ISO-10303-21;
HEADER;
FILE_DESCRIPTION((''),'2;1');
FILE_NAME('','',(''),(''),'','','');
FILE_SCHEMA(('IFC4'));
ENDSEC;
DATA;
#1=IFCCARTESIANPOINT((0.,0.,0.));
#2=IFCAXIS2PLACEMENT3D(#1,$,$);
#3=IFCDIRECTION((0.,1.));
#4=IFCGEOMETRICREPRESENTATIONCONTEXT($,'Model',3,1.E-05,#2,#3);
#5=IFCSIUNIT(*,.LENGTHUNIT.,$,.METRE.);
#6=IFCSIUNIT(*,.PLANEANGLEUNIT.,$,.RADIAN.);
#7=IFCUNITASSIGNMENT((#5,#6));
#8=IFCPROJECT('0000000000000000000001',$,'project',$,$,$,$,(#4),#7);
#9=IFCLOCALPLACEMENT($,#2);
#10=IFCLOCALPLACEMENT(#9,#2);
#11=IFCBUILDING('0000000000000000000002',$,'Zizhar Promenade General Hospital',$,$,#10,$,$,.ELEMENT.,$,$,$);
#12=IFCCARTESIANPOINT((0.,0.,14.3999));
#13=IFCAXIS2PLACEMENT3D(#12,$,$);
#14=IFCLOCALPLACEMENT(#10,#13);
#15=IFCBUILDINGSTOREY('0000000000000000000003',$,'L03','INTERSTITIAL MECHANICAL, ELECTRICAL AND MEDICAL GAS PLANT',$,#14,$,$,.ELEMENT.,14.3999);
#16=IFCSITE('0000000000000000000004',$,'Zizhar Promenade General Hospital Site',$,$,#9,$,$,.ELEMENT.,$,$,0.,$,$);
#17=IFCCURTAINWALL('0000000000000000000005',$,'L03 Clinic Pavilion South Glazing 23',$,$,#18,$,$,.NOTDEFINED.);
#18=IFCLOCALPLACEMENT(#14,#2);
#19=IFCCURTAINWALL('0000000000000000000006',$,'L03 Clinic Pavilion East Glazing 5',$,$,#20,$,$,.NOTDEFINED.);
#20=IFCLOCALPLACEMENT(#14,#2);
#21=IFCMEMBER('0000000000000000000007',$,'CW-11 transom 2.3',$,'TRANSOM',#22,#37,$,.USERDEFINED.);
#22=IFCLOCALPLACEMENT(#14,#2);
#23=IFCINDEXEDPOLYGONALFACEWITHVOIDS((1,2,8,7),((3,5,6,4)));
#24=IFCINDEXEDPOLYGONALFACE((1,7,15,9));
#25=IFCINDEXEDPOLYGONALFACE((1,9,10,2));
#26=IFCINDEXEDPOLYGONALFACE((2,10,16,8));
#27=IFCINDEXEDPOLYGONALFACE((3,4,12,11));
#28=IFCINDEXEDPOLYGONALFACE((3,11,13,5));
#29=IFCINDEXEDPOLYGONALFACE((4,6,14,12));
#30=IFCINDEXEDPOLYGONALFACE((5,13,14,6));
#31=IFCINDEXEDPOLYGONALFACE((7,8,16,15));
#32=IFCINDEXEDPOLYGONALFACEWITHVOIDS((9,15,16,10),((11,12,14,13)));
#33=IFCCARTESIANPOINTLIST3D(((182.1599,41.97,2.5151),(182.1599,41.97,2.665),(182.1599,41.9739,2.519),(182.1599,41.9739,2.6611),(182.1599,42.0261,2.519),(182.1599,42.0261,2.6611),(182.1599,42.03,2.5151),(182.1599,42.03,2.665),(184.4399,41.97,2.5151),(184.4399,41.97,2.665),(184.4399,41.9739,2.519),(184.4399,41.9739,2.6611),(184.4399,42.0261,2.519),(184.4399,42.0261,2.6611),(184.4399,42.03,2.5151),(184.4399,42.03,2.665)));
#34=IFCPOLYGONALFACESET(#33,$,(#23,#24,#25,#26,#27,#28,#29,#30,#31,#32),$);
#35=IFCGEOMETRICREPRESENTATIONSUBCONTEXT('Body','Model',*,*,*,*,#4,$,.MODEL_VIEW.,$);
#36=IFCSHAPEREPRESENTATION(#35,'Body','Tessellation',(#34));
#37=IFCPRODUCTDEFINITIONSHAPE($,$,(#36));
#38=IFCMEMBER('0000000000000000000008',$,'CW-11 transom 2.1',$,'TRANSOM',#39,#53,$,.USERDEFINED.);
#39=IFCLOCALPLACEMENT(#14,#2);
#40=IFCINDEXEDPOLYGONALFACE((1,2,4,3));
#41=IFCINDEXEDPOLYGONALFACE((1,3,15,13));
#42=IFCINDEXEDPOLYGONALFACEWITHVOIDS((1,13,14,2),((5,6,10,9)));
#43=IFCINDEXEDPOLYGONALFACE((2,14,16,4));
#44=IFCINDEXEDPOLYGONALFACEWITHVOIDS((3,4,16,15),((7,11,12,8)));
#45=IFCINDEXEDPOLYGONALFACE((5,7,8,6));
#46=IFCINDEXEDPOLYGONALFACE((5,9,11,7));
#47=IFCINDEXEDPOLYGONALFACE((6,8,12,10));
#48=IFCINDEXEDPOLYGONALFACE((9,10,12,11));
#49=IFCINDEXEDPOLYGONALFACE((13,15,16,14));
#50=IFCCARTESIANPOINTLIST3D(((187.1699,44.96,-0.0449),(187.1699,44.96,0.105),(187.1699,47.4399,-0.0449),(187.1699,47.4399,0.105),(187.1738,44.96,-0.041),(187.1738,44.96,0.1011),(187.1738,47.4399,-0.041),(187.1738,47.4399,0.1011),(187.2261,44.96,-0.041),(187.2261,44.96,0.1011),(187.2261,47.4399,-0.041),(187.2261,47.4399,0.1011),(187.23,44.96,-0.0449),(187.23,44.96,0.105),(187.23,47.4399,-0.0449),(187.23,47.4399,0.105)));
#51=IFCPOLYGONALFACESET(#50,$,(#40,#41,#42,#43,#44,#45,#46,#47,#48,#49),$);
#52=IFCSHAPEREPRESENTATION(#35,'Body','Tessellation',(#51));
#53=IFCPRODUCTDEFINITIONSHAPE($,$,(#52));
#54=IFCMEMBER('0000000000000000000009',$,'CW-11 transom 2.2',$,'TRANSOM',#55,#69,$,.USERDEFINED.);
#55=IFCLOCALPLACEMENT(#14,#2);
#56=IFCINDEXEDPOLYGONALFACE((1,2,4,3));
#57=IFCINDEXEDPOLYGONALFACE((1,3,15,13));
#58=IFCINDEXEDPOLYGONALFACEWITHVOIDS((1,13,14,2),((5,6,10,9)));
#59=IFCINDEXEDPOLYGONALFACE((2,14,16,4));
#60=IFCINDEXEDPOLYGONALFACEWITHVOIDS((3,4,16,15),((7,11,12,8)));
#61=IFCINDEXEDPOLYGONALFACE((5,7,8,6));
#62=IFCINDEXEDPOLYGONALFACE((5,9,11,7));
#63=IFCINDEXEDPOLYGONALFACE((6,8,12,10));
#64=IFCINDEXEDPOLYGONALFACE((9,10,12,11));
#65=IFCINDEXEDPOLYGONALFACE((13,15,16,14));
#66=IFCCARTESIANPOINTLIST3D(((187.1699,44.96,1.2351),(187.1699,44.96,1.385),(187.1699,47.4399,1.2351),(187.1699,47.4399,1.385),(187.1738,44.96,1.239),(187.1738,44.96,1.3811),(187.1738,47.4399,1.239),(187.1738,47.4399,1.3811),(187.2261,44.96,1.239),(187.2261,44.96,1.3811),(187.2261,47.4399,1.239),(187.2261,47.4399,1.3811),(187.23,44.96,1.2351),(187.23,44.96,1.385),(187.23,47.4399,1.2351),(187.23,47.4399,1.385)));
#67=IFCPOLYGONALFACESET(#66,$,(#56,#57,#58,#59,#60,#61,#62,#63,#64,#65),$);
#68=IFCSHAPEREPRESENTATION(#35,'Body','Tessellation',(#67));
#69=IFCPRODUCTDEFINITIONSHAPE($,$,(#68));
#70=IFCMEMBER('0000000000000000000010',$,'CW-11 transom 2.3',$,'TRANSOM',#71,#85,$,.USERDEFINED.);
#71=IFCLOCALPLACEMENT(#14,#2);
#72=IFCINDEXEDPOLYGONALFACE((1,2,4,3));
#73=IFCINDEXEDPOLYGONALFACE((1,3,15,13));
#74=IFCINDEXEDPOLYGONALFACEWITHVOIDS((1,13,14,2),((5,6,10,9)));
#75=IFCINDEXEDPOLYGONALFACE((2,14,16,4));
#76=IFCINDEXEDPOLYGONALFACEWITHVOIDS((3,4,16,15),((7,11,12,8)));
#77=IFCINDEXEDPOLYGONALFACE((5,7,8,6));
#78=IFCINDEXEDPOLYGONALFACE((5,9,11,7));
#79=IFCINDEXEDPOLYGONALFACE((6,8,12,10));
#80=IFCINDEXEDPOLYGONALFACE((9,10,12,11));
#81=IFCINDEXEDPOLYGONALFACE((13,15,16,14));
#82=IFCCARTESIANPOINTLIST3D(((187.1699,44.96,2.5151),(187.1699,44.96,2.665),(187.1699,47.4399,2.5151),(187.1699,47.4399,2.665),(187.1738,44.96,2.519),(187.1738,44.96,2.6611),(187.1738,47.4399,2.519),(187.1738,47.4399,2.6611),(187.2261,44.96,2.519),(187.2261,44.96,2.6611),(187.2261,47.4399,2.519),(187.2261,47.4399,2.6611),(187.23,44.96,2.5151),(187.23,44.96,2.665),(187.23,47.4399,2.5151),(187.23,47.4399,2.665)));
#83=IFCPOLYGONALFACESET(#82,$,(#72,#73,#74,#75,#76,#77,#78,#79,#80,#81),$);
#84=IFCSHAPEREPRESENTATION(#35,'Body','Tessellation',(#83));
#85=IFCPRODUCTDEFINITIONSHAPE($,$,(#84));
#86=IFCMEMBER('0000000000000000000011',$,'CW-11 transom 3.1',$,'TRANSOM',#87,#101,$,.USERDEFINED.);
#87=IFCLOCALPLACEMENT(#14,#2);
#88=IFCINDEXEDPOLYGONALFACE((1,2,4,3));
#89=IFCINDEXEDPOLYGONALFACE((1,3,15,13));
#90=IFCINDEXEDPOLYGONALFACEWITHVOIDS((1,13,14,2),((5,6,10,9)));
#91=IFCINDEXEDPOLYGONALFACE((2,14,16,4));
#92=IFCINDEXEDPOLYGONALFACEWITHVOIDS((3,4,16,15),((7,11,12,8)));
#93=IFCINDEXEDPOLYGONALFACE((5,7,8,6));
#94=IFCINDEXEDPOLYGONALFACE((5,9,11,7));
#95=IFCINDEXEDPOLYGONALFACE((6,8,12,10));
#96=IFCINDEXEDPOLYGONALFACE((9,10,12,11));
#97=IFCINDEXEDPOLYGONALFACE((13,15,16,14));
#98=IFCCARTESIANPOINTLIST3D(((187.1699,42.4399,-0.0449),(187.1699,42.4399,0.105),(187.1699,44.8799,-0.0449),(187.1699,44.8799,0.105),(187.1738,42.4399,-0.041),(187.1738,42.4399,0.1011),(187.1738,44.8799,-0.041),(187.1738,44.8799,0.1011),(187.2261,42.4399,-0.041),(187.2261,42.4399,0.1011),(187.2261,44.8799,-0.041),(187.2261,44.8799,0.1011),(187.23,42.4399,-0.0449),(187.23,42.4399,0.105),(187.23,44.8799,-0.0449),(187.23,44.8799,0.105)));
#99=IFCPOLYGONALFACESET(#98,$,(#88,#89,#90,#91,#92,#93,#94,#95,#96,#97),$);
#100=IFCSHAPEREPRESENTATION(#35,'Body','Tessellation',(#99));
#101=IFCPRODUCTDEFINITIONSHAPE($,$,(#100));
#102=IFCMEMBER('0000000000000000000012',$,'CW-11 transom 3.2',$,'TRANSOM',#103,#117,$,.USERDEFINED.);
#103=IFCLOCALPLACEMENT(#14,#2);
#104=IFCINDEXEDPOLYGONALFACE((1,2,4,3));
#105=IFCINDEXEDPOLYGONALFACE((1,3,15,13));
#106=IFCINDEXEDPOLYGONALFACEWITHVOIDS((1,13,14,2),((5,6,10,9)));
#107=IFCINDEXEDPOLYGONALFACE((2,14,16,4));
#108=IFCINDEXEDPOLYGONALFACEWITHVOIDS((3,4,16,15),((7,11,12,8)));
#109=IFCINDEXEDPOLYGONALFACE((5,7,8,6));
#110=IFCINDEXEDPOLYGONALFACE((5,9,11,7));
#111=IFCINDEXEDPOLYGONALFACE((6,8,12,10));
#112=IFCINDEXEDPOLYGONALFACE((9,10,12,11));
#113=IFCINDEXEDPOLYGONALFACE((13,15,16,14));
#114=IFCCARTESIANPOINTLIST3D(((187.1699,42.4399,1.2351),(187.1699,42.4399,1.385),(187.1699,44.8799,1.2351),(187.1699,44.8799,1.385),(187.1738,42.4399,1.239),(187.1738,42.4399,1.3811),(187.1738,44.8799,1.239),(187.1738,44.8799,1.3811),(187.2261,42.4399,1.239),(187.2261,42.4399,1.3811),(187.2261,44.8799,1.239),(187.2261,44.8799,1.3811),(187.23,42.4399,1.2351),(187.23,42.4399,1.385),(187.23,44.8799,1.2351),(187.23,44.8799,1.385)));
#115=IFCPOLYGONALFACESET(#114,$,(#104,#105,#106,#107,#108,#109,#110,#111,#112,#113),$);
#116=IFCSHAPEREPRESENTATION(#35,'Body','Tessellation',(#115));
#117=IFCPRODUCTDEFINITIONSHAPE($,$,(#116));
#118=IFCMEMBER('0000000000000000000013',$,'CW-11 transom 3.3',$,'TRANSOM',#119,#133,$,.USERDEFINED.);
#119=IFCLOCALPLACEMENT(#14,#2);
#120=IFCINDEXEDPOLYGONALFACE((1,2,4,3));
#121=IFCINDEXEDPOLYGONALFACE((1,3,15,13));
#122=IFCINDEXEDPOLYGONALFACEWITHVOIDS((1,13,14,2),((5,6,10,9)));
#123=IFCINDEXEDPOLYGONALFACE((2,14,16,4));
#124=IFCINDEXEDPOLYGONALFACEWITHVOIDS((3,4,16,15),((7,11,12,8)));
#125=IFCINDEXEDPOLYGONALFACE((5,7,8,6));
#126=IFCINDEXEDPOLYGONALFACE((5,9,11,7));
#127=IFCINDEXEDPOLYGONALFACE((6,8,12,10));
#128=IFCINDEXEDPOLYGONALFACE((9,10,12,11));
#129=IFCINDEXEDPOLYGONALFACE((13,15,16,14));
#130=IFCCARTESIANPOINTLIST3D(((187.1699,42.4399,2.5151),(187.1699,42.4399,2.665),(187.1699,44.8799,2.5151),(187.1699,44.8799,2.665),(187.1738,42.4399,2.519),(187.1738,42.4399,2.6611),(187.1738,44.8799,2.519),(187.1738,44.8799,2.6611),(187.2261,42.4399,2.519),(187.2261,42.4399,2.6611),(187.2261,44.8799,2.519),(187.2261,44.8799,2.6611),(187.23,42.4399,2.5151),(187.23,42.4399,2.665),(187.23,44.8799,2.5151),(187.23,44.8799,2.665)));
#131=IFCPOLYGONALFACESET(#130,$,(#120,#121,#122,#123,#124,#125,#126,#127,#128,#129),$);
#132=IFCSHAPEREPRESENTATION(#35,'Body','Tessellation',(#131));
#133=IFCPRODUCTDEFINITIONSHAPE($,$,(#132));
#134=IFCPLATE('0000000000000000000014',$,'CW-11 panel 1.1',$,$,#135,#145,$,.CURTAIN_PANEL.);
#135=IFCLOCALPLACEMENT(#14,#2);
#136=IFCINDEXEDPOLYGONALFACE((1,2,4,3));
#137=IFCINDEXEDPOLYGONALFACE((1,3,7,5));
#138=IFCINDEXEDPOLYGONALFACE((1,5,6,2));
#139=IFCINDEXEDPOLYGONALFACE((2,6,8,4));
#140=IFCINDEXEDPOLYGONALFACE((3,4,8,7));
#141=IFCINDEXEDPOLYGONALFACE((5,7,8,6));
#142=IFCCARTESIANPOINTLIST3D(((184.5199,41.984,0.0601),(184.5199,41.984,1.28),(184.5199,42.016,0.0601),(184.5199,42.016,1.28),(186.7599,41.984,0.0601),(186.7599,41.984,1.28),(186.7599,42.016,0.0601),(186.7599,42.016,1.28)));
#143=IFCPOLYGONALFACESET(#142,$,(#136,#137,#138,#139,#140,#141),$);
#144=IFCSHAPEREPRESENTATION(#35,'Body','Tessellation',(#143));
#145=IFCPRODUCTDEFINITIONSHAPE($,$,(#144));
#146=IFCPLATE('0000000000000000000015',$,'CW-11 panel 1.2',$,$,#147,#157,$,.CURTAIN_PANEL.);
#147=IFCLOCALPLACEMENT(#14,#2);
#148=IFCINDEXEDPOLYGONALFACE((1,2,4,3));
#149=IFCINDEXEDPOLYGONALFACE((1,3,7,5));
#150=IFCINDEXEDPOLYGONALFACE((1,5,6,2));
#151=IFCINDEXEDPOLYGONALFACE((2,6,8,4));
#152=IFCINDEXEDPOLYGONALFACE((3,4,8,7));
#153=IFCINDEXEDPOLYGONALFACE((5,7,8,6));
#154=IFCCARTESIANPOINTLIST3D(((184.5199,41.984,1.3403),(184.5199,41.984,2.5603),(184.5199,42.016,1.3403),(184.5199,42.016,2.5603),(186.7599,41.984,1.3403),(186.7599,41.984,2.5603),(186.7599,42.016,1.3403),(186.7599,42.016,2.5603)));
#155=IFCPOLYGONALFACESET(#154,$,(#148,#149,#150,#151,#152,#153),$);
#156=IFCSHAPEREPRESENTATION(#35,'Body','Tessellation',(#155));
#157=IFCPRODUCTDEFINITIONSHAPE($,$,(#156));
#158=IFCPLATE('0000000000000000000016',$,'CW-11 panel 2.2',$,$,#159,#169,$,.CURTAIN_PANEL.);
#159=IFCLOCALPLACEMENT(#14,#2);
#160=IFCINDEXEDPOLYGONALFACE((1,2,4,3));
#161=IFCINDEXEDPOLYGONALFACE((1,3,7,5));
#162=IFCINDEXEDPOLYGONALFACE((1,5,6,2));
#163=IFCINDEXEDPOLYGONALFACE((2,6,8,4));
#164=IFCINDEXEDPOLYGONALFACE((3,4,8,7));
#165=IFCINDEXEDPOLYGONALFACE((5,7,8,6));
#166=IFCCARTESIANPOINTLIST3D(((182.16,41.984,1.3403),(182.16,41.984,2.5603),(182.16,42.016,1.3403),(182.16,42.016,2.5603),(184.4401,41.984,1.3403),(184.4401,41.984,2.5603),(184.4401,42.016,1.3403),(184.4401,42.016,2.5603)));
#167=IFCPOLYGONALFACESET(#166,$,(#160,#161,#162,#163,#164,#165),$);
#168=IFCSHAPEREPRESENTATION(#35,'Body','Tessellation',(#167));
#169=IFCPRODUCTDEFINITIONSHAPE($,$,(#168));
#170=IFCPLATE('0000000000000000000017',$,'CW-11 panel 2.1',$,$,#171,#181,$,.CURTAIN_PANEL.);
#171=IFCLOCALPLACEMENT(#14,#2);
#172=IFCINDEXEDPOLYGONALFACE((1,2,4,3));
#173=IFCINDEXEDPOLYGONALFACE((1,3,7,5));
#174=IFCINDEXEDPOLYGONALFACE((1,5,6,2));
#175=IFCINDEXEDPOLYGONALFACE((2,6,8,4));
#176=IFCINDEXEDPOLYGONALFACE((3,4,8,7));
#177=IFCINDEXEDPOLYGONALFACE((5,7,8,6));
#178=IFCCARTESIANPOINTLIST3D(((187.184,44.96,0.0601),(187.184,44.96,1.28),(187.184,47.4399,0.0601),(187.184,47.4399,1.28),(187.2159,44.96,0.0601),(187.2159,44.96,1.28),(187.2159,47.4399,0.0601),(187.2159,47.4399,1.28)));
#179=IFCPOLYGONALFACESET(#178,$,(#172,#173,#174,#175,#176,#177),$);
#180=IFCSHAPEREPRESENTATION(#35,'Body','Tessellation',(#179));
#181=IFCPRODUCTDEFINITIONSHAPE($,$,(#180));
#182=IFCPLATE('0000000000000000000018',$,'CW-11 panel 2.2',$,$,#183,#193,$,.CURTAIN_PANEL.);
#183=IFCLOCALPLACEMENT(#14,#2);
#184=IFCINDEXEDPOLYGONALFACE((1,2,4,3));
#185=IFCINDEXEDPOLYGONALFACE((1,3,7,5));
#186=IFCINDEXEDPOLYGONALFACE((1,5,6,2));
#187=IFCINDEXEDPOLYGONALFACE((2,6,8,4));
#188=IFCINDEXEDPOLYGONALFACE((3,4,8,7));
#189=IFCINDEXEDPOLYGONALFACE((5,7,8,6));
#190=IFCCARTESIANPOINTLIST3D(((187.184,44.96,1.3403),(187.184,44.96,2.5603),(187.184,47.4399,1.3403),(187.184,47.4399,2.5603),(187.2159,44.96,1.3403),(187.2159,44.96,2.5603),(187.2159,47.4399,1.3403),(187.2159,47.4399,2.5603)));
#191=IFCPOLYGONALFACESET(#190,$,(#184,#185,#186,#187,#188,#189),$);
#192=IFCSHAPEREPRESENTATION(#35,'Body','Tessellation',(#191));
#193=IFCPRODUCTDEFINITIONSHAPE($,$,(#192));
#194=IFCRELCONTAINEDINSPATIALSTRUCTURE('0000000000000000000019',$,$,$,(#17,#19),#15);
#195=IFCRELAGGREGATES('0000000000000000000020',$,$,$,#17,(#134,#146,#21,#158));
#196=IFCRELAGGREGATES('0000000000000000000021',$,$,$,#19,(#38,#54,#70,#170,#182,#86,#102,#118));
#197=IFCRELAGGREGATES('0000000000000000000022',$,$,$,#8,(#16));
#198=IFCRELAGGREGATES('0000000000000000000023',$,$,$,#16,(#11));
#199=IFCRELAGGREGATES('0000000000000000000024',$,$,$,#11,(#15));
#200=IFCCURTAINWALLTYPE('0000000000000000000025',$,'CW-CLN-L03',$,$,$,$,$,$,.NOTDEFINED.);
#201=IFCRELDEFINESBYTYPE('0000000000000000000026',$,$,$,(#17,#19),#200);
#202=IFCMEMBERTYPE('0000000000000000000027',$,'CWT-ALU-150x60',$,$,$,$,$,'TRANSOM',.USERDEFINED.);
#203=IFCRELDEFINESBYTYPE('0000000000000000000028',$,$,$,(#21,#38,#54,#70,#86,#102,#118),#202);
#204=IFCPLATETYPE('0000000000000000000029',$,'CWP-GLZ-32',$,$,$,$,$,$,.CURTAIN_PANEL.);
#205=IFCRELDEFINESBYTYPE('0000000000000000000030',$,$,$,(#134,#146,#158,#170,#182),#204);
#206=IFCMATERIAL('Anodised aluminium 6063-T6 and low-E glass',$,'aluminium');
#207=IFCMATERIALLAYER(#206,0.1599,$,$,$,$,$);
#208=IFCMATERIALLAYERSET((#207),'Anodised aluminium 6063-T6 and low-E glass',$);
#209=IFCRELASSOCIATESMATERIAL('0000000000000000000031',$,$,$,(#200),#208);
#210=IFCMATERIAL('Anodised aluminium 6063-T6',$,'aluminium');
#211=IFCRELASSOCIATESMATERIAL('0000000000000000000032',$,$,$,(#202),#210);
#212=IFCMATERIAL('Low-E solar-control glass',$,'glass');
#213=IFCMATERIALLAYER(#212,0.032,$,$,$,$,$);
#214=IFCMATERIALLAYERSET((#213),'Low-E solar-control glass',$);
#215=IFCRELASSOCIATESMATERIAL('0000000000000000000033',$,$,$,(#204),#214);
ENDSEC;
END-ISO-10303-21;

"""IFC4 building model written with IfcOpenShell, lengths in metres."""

from ifc_helpers import new_model, si_unit, direction, frame, origin, origin_2d, place, context, subcontext, project, spatial, rectangle, hollow_rectangle, extrude, material, layer, layer_set, material_profile, profile_set, type_object, element, aggregate, save


model = new_model("IFC4")

# Units and contexts
model_context = context("Model", 3, precision=1e-05, world=origin(), true_north=direction((0.0, 1.0)))
body_context = subcontext(model_context, "Body", "Model", "MODEL_VIEW")
ifc_project = project(units=[si_unit("LENGTHUNIT", "METRE"), si_unit("PLANEANGLEUNIT", "RADIAN")], contexts=[model_context])

# Site, building, storey
site_placement = place(None, origin())
site = spatial("IfcSite", under=ifc_project, at=site_placement, Name="Zizhar Promenade General Hospital Site", CompositionType="ELEMENT", RefElevation=0.0)
building_placement = place(site_placement, origin())
building = spatial("IfcBuilding", under=site, at=building_placement, Name="Zizhar Promenade General Hospital", CompositionType="ELEMENT")
storey_placement = place(building_placement, frame((0.0, 0.0, 14.3999)))
storey = spatial("IfcBuildingStorey", under=building, at=storey_placement, Name="L03", Description="INTERSTITIAL MECHANICAL, ELECTRICAL AND MEDICAL GAS PLANT", CompositionType="ELEMENT", Elevation=14.3999)

# Curtain walls
ifc_material_1 = material(Name="Anodised aluminium 6063-T6 and low-E glass", Category="aluminium")
ifc_layer_1 = layer(ifc_material_1, 0.1599)
ifc_layer_set_1 = layer_set([ifc_layer_1], Name="Anodised aluminium 6063-T6 and low-E glass")
curtain_wall_type = type_object("IfcCurtainWallType", Name="CW-CLN-L03", PredefinedType="NOTDEFINED", material=ifc_layer_set_1)
curtain_wall_1_placement = place(storey_placement, origin())
curtain_wall_1 = element("IfcCurtainWall", 1, at=curtain_wall_1_placement, inside=storey, type_object=curtain_wall_type, Name="L03 Clinic Pavilion South Glazing 23", PredefinedType="NOTDEFINED")
curtain_wall_2_placement = place(storey_placement, origin())
curtain_wall_2 = element("IfcCurtainWall", 2, at=curtain_wall_2_placement, inside=storey, type_object=curtain_wall_type, Name="L03 Clinic Pavilion East Glazing 5", PredefinedType="NOTDEFINED")

# Members
ifc_material_2 = material(Name="Anodised aluminium 6063-T6", Category="aluminium")
ifc_material_profile_1 = material_profile(ifc_material_2, hollow_rectangle(XDim=0.0601, YDim=0.1499, WallThickness=0.0039, at=origin_2d()))
ifc_profile_set_1 = profile_set([ifc_material_profile_1], Name="Anodised aluminium 6063-T6")
member_type_1 = type_object("IfcMemberType", Name="CWT-ALU-150x60", ElementType="TRANSOM", PredefinedType="USERDEFINED", material=ifc_profile_set_1)
member_1_placement = place(storey_placement, frame((184.4399, 42.0, 2.5901), z_axis=(-1.0, 0.0, 0.0), x_axis=(0.0, -1.0, 0.0)))
member_1 = element("IfcMember", 3, at=member_1_placement, type_object=member_type_1, Name="CW-11 transom 2.3", ObjectType="TRANSOM", PredefinedType="USERDEFINED", context=body_context, shape_type="SweptSolid", body=[
    extrude(hollow_rectangle(XDim=0.0601, YDim=0.1499, WallThickness=0.0039, at=origin_2d()), origin(), (0.0, 0.0, 1.0), 2.28),
])
member_2_placement = place(storey_placement, frame((187.2, 47.4399, 0.03), z_axis=(0.0, -1.0, 0.0), x_axis=(1.0, 0.0, 0.0)))
member_2 = element("IfcMember", 4, at=member_2_placement, type_object=member_type_1, Name="CW-11 transom 2.1", ObjectType="TRANSOM", PredefinedType="USERDEFINED", context=body_context, shape_type="SweptSolid", body=[
    extrude(hollow_rectangle(XDim=0.0601, YDim=0.1499, WallThickness=0.0039, at=origin_2d()), origin(), (0.0, 0.0, 1.0), 2.48),
])
member_3_placement = place(storey_placement, frame((187.2, 47.4399, 1.3101), z_axis=(0.0, -1.0, 0.0), x_axis=(1.0, 0.0, 0.0)))
member_3 = element("IfcMember", 5, at=member_3_placement, type_object=member_type_1, Name="CW-11 transom 2.2", ObjectType="TRANSOM", PredefinedType="USERDEFINED", context=body_context, shape_type="SweptSolid", body=[
    extrude(hollow_rectangle(XDim=0.0601, YDim=0.1499, WallThickness=0.0039, at=origin_2d()), origin(), (0.0, 0.0, 1.0), 2.48),
])
member_4_placement = place(storey_placement, frame((187.2, 47.4399, 2.5901), z_axis=(0.0, -1.0, 0.0), x_axis=(1.0, 0.0, 0.0)))
member_4 = element("IfcMember", 6, at=member_4_placement, type_object=member_type_1, Name="CW-11 transom 2.3", ObjectType="TRANSOM", PredefinedType="USERDEFINED", context=body_context, shape_type="SweptSolid", body=[
    extrude(hollow_rectangle(XDim=0.0601, YDim=0.1499, WallThickness=0.0039, at=origin_2d()), origin(), (0.0, 0.0, 1.0), 2.48),
])
member_5_placement = place(storey_placement, frame((187.2, 44.8799, 0.03), z_axis=(0.0, -1.0, 0.0), x_axis=(1.0, 0.0, 0.0)))
member_5 = element("IfcMember", 7, at=member_5_placement, type_object=member_type_1, Name="CW-11 transom 3.1", ObjectType="TRANSOM", PredefinedType="USERDEFINED", context=body_context, shape_type="SweptSolid", body=[
    extrude(hollow_rectangle(XDim=0.0601, YDim=0.1499, WallThickness=0.0039, at=origin_2d()), origin(), (0.0, 0.0, 1.0), 2.4399),
])
member_6_placement = place(storey_placement, frame((187.2, 44.8799, 1.3101), z_axis=(0.0, -1.0, 0.0), x_axis=(1.0, 0.0, 0.0)))
member_6 = element("IfcMember", 8, at=member_6_placement, type_object=member_type_1, Name="CW-11 transom 3.2", ObjectType="TRANSOM", PredefinedType="USERDEFINED", context=body_context, shape_type="SweptSolid", body=[
    extrude(hollow_rectangle(XDim=0.0601, YDim=0.1499, WallThickness=0.0039, at=origin_2d()), origin(), (0.0, 0.0, 1.0), 2.4399),
])
member_7_placement = place(storey_placement, frame((187.2, 44.8799, 2.5901), z_axis=(0.0, -1.0, 0.0), x_axis=(1.0, 0.0, 0.0)))
member_7 = element("IfcMember", 9, at=member_7_placement, type_object=member_type_1, Name="CW-11 transom 3.3", ObjectType="TRANSOM", PredefinedType="USERDEFINED", context=body_context, shape_type="SweptSolid", body=[
    extrude(hollow_rectangle(XDim=0.0601, YDim=0.1499, WallThickness=0.0039, at=origin_2d()), origin(), (0.0, 0.0, 1.0), 2.4399),
])

# Plates
ifc_material_3 = material(Name="Low-E solar-control glass", Category="glass")
ifc_layer_2 = layer(ifc_material_3, 0.032)
ifc_layer_set_2 = layer_set([ifc_layer_2], Name="Low-E solar-control glass")
plate_type = type_object("IfcPlateType", Name="CWP-GLZ-32", PredefinedType="CURTAIN_PANEL", material=ifc_layer_set_2)
plate_1_placement = place(storey_placement, frame((185.6399, 42.0, 0.0601), z_axis=(0.0, 0.0, 1.0), x_axis=(-1.0, 0.0, 0.0)))
plate_1 = element("IfcPlate", 10, at=plate_1_placement, type_object=plate_type, Name="CW-11 panel 1.1", PredefinedType="CURTAIN_PANEL", context=body_context, shape_type="SweptSolid", body=[
    extrude(rectangle(XDim=2.24, YDim=0.032, at=origin_2d()), origin(), (0.0, 0.0, 1.0), 1.22),
])
plate_2_placement = place(storey_placement, frame((185.6399, 42.0, 1.3403), z_axis=(0.0, 0.0, 1.0), x_axis=(-1.0, 0.0, 0.0)))
plate_2 = element("IfcPlate", 11, at=plate_2_placement, type_object=plate_type, Name="CW-11 panel 1.2", PredefinedType="CURTAIN_PANEL", context=body_context, shape_type="SweptSolid", body=[
    extrude(rectangle(XDim=2.24, YDim=0.032, at=origin_2d()), origin(), (0.0, 0.0, 1.0), 1.22),
])
plate_3_placement = place(storey_placement, frame((183.3, 42.0, 1.3403), z_axis=(0.0, 0.0, 1.0), x_axis=(-1.0, 0.0, 0.0)))
plate_3 = element("IfcPlate", 12, at=plate_3_placement, type_object=plate_type, Name="CW-11 panel 2.2", PredefinedType="CURTAIN_PANEL", context=body_context, shape_type="SweptSolid", body=[
    extrude(rectangle(XDim=2.28, YDim=0.032, at=origin_2d()), origin(), (0.0, 0.0, 1.0), 1.22),
])
aggregate(curtain_wall_1, [plate_1, plate_2, member_1, plate_3])
plate_4_placement = place(storey_placement, frame((187.2, 46.2, 0.0601), z_axis=(0.0, 0.0, 1.0), x_axis=(0.0, -1.0, 0.0)))
plate_4 = element("IfcPlate", 13, at=plate_4_placement, type_object=plate_type, Name="CW-11 panel 2.1", PredefinedType="CURTAIN_PANEL", context=body_context, shape_type="SweptSolid", body=[
    extrude(rectangle(XDim=2.48, YDim=0.032, at=origin_2d()), origin(), (0.0, 0.0, 1.0), 1.22),
])
plate_5_placement = place(storey_placement, frame((187.2, 46.2, 1.3403), z_axis=(0.0, 0.0, 1.0), x_axis=(0.0, -1.0, 0.0)))
plate_5 = element("IfcPlate", 14, at=plate_5_placement, type_object=plate_type, Name="CW-11 panel 2.2", PredefinedType="CURTAIN_PANEL", context=body_context, shape_type="SweptSolid", body=[
    extrude(rectangle(XDim=2.48, YDim=0.032, at=origin_2d()), origin(), (0.0, 0.0, 1.0), 1.22),
])
aggregate(curtain_wall_2, [member_2, member_3, member_4, plate_4, plate_5, member_5, member_6, member_7])

save(model, "model.ifc")
